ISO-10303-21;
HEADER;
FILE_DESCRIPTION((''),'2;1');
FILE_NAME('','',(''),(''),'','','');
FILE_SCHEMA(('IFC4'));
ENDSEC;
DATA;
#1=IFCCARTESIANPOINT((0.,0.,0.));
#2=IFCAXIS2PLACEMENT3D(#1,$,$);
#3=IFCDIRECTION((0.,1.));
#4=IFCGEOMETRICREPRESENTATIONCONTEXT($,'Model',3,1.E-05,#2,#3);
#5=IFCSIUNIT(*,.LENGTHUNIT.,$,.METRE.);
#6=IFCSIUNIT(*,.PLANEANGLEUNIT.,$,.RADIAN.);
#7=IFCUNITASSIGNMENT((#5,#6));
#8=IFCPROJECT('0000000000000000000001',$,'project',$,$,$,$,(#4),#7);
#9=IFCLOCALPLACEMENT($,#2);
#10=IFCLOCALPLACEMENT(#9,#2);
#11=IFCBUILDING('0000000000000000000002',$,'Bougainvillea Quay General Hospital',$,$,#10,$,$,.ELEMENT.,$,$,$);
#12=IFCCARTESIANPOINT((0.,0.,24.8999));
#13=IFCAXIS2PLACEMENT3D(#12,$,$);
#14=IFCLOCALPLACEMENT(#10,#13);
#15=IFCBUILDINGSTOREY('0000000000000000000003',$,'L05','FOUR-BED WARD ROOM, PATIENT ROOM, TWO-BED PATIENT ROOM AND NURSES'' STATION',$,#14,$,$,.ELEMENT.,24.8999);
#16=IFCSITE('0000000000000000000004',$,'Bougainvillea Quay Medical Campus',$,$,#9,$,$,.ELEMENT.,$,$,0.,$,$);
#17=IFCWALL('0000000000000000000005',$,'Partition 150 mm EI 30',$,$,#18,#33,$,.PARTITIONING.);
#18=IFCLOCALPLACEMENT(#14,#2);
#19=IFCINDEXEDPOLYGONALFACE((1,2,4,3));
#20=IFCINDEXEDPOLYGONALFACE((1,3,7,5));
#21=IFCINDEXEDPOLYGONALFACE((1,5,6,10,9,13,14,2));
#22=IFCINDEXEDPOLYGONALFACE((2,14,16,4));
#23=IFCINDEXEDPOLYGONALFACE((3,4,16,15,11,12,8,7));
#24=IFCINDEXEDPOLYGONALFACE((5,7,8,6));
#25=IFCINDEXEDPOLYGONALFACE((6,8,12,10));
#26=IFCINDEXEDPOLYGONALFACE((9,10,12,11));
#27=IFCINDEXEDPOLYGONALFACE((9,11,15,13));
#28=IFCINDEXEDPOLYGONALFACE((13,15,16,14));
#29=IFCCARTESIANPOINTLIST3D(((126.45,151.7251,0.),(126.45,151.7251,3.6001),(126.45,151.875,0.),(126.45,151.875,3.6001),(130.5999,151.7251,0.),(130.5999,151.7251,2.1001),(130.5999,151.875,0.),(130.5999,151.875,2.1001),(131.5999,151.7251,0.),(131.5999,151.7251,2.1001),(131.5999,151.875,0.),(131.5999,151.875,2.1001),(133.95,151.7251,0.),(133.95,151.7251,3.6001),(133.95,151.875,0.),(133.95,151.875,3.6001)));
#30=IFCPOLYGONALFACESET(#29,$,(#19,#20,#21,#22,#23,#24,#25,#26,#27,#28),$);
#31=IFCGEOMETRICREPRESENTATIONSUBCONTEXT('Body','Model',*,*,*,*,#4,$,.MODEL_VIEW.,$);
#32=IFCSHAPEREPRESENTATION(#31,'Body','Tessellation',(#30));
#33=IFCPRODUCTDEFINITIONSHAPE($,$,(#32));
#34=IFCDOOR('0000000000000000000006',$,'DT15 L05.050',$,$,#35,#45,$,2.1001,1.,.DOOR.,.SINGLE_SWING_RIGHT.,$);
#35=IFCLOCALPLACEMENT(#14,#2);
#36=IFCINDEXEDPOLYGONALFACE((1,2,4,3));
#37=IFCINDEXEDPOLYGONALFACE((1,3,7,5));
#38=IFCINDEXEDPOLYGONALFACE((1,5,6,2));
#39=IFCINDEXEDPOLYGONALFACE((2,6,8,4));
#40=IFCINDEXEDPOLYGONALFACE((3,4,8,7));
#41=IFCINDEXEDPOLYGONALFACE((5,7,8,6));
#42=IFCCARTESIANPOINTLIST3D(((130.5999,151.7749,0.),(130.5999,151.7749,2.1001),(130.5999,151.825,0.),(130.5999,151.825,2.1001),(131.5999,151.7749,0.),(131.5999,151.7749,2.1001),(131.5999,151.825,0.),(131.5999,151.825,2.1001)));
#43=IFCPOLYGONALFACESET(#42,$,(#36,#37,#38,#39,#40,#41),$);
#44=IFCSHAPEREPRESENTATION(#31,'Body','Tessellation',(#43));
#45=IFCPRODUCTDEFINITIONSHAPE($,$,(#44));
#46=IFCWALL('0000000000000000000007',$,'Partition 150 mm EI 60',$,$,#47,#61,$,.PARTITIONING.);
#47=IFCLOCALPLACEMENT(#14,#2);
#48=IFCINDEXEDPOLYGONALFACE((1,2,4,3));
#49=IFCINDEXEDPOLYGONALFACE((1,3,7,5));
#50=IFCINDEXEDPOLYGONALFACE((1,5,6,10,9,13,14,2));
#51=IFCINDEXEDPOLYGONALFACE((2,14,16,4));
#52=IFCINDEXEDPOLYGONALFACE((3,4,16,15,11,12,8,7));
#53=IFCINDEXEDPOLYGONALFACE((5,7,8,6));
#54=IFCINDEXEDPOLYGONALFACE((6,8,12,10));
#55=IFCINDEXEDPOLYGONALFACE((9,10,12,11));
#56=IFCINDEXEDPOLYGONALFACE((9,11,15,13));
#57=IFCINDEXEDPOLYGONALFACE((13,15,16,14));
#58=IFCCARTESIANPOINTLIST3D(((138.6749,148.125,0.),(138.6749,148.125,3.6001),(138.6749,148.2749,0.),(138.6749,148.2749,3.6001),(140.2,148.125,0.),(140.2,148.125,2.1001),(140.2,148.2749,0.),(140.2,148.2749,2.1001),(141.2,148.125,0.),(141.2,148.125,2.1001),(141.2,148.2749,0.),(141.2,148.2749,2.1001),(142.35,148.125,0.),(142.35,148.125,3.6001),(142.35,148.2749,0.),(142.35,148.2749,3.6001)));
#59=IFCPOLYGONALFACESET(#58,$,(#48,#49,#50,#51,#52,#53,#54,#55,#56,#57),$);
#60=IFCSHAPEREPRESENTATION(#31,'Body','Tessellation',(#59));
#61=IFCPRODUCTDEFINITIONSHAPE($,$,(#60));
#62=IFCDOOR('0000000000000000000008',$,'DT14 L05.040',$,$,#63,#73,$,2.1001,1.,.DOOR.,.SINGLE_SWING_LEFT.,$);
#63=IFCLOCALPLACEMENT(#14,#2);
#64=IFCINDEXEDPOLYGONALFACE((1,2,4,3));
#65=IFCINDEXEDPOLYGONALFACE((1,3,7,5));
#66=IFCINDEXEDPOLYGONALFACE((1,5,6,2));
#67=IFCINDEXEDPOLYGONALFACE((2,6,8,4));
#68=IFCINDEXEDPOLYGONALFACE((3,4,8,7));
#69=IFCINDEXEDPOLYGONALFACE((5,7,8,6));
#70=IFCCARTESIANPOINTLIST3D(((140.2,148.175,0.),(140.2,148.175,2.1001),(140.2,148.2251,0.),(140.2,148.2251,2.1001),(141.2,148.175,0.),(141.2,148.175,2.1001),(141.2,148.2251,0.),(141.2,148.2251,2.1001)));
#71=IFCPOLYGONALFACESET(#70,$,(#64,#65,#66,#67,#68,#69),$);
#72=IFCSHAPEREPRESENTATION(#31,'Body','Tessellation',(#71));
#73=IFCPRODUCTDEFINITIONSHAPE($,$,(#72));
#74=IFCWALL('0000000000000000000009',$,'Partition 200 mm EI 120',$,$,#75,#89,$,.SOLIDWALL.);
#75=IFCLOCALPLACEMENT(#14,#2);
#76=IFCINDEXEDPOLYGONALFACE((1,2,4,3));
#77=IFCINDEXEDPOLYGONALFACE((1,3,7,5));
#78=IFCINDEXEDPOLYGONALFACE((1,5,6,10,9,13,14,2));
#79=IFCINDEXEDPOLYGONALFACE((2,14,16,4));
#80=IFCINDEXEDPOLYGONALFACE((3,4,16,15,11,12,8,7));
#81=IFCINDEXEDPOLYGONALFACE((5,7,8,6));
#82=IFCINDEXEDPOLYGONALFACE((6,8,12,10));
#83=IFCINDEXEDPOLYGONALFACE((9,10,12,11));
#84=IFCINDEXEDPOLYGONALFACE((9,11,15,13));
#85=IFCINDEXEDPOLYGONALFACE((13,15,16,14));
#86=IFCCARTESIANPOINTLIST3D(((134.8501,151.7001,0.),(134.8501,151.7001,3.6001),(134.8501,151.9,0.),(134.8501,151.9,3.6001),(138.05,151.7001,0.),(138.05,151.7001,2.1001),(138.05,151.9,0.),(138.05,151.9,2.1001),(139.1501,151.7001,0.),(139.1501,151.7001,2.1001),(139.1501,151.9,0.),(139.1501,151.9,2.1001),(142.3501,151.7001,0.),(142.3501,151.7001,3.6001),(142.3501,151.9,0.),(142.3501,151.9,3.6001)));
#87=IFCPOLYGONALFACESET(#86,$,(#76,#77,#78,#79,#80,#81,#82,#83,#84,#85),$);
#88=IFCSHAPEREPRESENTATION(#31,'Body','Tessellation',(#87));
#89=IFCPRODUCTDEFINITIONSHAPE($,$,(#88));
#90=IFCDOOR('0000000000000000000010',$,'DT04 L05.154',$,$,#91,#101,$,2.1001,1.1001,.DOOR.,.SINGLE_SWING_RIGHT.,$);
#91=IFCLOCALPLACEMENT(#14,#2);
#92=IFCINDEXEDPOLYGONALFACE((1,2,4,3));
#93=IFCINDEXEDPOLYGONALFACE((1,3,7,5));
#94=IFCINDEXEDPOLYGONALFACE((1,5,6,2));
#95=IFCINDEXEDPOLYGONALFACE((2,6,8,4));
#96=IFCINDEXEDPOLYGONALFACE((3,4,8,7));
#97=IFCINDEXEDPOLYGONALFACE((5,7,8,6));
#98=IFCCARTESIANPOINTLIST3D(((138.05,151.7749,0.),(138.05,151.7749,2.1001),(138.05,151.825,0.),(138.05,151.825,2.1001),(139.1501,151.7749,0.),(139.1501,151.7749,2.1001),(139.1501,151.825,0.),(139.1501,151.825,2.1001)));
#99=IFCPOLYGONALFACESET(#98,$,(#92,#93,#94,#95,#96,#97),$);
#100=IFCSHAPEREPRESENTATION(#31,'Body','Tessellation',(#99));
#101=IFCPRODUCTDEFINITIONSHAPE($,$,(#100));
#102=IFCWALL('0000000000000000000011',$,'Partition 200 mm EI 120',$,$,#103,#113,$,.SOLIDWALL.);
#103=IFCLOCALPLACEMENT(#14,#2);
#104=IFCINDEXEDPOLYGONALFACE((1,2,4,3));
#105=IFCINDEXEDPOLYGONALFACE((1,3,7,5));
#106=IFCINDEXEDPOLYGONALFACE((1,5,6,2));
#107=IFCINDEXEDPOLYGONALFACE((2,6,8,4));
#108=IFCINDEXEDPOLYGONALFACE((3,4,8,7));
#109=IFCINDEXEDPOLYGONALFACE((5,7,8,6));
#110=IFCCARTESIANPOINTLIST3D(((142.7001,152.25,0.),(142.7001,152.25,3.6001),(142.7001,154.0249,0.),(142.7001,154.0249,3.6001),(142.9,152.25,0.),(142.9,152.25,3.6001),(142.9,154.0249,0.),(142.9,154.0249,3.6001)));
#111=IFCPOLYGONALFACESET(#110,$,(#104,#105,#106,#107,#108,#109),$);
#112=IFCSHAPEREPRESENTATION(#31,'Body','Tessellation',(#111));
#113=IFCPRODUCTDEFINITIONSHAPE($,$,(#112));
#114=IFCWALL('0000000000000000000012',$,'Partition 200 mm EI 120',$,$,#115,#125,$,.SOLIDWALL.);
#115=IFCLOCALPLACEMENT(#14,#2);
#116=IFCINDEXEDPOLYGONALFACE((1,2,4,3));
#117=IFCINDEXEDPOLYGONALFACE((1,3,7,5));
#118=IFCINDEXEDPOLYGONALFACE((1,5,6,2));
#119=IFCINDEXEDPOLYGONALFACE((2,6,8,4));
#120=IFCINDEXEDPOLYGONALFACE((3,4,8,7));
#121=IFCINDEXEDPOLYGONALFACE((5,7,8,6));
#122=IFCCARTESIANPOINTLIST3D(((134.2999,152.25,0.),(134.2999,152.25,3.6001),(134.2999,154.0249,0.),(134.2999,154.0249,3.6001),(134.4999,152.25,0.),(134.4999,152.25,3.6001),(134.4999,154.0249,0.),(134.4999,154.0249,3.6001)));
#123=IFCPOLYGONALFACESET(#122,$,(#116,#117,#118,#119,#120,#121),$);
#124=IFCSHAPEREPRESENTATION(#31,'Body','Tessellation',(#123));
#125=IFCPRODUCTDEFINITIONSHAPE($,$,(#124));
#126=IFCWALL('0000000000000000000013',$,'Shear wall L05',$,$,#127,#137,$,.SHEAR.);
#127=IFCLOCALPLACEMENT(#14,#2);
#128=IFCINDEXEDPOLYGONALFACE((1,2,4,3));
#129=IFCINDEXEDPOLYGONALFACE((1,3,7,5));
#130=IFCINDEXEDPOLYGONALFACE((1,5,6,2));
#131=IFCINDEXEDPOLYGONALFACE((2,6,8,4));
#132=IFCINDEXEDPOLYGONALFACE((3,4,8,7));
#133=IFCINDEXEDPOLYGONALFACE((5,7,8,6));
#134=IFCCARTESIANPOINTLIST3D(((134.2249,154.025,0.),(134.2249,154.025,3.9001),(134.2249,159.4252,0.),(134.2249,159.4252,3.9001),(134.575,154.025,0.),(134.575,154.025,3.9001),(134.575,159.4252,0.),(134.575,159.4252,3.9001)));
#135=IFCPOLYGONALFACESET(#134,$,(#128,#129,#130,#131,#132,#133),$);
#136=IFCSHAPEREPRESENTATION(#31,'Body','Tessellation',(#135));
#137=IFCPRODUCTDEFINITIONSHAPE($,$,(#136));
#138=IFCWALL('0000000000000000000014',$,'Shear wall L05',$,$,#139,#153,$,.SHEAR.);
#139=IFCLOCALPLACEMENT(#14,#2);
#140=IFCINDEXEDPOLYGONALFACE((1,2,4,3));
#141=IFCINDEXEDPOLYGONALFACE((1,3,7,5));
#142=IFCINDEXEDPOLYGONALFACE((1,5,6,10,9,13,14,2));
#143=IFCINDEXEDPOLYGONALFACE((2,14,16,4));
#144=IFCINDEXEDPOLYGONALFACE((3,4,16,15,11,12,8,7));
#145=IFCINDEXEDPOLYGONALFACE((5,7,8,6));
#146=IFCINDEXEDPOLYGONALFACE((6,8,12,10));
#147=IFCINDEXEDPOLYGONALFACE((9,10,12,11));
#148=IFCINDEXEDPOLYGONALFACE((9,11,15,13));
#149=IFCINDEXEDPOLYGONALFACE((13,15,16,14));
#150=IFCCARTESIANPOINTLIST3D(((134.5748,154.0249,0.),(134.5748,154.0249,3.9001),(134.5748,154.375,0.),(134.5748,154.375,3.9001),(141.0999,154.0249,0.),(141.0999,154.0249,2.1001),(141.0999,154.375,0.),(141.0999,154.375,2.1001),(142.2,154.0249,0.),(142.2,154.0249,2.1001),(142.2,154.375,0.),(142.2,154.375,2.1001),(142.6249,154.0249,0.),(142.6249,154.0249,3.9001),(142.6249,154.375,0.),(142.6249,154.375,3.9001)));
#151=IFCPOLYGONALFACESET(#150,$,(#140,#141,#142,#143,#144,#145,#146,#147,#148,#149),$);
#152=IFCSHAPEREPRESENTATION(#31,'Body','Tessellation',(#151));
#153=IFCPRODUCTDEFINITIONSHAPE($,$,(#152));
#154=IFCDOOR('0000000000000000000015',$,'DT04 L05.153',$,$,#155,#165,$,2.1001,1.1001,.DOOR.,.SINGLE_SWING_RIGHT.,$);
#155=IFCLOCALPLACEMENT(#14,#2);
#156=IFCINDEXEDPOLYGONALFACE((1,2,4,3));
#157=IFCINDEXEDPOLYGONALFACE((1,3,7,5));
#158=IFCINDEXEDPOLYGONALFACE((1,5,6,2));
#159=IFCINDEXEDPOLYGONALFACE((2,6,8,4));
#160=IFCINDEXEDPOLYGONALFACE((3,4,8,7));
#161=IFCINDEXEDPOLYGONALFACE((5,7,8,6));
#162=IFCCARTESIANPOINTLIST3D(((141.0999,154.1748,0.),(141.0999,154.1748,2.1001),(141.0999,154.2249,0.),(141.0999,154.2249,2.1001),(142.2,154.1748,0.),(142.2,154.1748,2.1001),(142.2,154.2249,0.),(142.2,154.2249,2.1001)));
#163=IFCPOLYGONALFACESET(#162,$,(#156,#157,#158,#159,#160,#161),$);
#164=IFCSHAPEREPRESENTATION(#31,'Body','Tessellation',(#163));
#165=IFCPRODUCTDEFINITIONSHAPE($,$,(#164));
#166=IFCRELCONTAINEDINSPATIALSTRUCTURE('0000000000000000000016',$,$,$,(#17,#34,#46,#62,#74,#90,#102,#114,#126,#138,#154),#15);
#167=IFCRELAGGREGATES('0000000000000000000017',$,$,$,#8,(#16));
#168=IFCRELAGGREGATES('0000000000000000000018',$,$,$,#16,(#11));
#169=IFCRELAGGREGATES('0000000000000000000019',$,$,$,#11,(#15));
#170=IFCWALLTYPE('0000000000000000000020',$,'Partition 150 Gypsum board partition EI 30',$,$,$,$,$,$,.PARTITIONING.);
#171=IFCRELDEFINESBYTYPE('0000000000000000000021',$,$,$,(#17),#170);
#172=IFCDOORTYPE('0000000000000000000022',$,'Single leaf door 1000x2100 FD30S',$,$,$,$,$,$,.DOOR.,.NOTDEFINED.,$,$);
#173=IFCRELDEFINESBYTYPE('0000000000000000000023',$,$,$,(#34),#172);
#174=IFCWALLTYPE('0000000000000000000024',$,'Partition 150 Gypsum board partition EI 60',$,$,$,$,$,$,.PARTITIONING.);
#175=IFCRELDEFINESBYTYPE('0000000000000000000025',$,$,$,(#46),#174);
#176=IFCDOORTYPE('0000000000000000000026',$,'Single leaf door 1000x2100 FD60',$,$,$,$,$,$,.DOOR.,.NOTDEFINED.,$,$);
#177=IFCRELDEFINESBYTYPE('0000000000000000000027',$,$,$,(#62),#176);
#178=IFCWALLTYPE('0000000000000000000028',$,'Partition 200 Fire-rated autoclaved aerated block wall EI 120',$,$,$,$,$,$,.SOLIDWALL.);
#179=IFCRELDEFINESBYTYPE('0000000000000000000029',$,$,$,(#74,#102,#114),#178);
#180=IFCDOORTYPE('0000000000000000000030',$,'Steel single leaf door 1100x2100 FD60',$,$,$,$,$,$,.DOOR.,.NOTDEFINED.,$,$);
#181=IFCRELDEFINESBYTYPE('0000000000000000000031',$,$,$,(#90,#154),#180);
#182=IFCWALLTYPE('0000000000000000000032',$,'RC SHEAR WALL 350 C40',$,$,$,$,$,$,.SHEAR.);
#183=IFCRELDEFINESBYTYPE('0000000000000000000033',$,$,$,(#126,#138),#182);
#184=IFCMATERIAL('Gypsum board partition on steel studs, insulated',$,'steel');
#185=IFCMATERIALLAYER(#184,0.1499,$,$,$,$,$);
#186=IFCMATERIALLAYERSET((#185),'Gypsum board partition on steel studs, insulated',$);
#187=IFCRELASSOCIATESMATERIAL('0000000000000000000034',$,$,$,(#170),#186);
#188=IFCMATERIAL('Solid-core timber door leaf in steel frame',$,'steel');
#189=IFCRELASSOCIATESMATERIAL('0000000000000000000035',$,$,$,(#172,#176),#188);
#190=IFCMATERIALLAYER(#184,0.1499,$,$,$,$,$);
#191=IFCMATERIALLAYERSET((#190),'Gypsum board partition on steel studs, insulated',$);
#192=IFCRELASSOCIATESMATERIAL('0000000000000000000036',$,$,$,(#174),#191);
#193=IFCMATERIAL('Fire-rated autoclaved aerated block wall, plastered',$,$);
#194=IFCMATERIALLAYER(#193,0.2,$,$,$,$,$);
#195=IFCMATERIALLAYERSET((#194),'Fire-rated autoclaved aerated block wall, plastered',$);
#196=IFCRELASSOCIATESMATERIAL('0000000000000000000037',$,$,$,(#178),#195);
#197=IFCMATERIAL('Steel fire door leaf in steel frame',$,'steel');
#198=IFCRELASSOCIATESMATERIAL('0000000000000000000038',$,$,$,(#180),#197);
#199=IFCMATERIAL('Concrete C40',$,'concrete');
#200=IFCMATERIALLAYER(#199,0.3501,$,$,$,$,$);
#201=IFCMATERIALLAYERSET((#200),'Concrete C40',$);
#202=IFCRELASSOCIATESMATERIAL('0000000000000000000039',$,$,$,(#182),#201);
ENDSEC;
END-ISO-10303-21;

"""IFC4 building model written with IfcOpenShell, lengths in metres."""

from ifc_helpers import new_model, si_unit, direction, frame, frame_2d, origin, place, context, subcontext, project, spatial, rectangle, extrude, material, layer, layer_set, type_object, element, fill, save


model = new_model("IFC4")

# Units and contexts
model_context = context("Model", 3, precision=1e-05, world=origin(), true_north=direction((0.0, 1.0)))
body_context = subcontext(model_context, "Body", "Model", "MODEL_VIEW")
ifc_project = project(units=[si_unit("LENGTHUNIT", "METRE"), si_unit("PLANEANGLEUNIT", "RADIAN")], contexts=[model_context])

# Site, building, storey
site_placement = place(None, origin())
site = spatial("IfcSite", under=ifc_project, at=site_placement, Name="Bougainvillea Quay Medical Campus", CompositionType="ELEMENT", RefElevation=0.0)
building_placement = place(site_placement, origin())
building = spatial("IfcBuilding", under=site, at=building_placement, Name="Bougainvillea Quay General Hospital", CompositionType="ELEMENT")
storey_placement = place(building_placement, frame((0.0, 0.0, 24.8999)))
storey = spatial("IfcBuildingStorey", under=building, at=storey_placement, Name="L05", Description="FOUR-BED WARD ROOM, PATIENT ROOM, TWO-BED PATIENT ROOM AND NURSES' STATION", CompositionType="ELEMENT", Elevation=24.8999)

# Shared definitions
ifc_material_1 = material(Name="Concrete C40", Category="concrete")

# Walls, openings, doors
ifc_material_2 = material(Name="Gypsum board partition on steel studs, insulated", Category="steel")
ifc_material_3 = material(Name="Solid-core timber door leaf in steel frame", Category="steel")
ifc_layer_1 = layer(ifc_material_2, 0.1499)
ifc_layer_set_1 = layer_set([ifc_layer_1], Name="Gypsum board partition on steel studs, insulated")
wall_type_1 = type_object("IfcWallType", Name="Partition 150 Gypsum board partition EI 30", PredefinedType="PARTITIONING", material=ifc_layer_set_1)
door_type_1 = type_object("IfcDoorType", Name="Single leaf door 1000x2100 FD30S", OperationType="NOTDEFINED", PredefinedType="DOOR", material=ifc_material_3)
wall_1_placement = place(storey_placement, frame((133.95, 151.8, 0.0), z_axis=(0.0, 0.0, 1.0), x_axis=(-1.0, 0.0, 0.0)))
wall_1 = element("IfcWall", 1, at=wall_1_placement, inside=storey, type_object=wall_type_1, Name="Partition 150 mm EI 30", PredefinedType="PARTITIONING", context=body_context, shape_type="SweptSolid", body=[
    extrude(rectangle(XDim=7.5, YDim=0.1499, at=frame_2d((3.75, 0.0))), origin(), (0.0, 0.0, 1.0), 3.6001),
])
opening_1_placement = place(wall_1_placement, frame((2.3501, 0.0, 0.0)))
opening_1 = element("IfcOpeningElement", 2, at=opening_1_placement, cuts=wall_1, PredefinedType="OPENING", context=body_context, shape_type="SweptSolid", body=[
    extrude(rectangle(XDim=1.0, YDim=2.1001, at=frame_2d((0.5, 1.05))), frame((0.0, 0.085, 0.0), z_axis=(0.0, -1.0, 0.0), x_axis=(1.0, 0.0, 0.0)), (0.0, 0.0, 1.0), 0.1699),
])
door_1_placement = place(opening_1_placement, frame((1.0, 0.0, 0.0), z_axis=(0.0, 0.0, 1.0), x_axis=(-1.0, 0.0, 0.0)))
door_1 = element("IfcDoor", 3, at=door_1_placement, inside=storey, type_object=door_type_1, Name="DT15 L05.050", OperationType="SINGLE_SWING_RIGHT", OverallHeight=2.1001, OverallWidth=1.0, PredefinedType="DOOR", context=body_context, shape_type="SweptSolid", body=[
    extrude(rectangle(XDim=1.0, YDim=2.1001, at=frame_2d((0.5, 1.05))), frame((0.0, 0.0249, 0.0), z_axis=(0.0, -1.0, 0.0), x_axis=(1.0, 0.0, 0.0)), (0.0, 0.0, 1.0), 0.05),
])
fill(opening_1, door_1)
ifc_layer_2 = layer(ifc_material_2, 0.1499)
ifc_layer_set_2 = layer_set([ifc_layer_2], Name="Gypsum board partition on steel studs, insulated")
wall_type_2 = type_object("IfcWallType", Name="Partition 150 Gypsum board partition EI 60", PredefinedType="PARTITIONING", material=ifc_layer_set_2)
wall_2_placement = place(storey_placement, frame((138.675, 148.2, 0.0), z_axis=(0.0, 0.0, 1.0), x_axis=(1.0, 0.0, 0.0)))
wall_2 = element("IfcWall", 4, at=wall_2_placement, inside=storey, type_object=wall_type_2, Name="Partition 150 mm EI 60", PredefinedType="PARTITIONING", context=body_context, shape_type="SweptSolid", body=[
    extrude(rectangle(XDim=3.675, YDim=0.1499, at=frame_2d((1.8374, 0.0))), origin(), (0.0, 0.0, 1.0), 3.6001),
])
opening_2_placement = place(wall_2_placement, frame((1.5249, 0.0, 0.0)))
opening_2 = element("IfcOpeningElement", 5, at=opening_2_placement, cuts=wall_2, PredefinedType="OPENING", context=body_context, shape_type="SweptSolid", body=[
    extrude(rectangle(XDim=1.0, YDim=2.1001, at=frame_2d((0.5, 1.05))), frame((0.0, 0.085, 0.0), z_axis=(0.0, -1.0, 0.0), x_axis=(1.0, 0.0, 0.0)), (0.0, 0.0, 1.0), 0.1699),
])
door_type_2 = type_object("IfcDoorType", Name="Single leaf door 1000x2100 FD60", OperationType="NOTDEFINED", PredefinedType="DOOR", material=ifc_material_3)
door_2_placement = place(opening_2_placement, frame((1.0, 0.0, 0.0), z_axis=(0.0, 0.0, 1.0), x_axis=(-1.0, 0.0, 0.0)))
door_2 = element("IfcDoor", 6, at=door_2_placement, inside=storey, type_object=door_type_2, Name="DT14 L05.040", OperationType="SINGLE_SWING_LEFT", OverallHeight=2.1001, OverallWidth=1.0, PredefinedType="DOOR", context=body_context, shape_type="SweptSolid", body=[
    extrude(rectangle(XDim=1.0, YDim=2.1001, at=frame_2d((0.5, 1.05))), frame((0.0, 0.0249, 0.0), z_axis=(0.0, -1.0, 0.0), x_axis=(1.0, 0.0, 0.0)), (0.0, 0.0, 1.0), 0.05),
])
fill(opening_2, door_2)
ifc_material_4 = material(Name="Fire-rated autoclaved aerated block wall, plastered")
ifc_layer_3 = layer(ifc_material_4, 0.2)
ifc_layer_set_3 = layer_set([ifc_layer_3], Name="Fire-rated autoclaved aerated block wall, plastered")
wall_type_3 = type_object("IfcWallType", Name="Partition 200 Fire-rated autoclaved aerated block wall EI 120", PredefinedType="SOLIDWALL", material=ifc_layer_set_3)
wall_3_placement = place(storey_placement, frame((134.8501, 151.8, 0.0), z_axis=(0.0, 0.0, 1.0), x_axis=(1.0, 0.0, 0.0)))
wall_3 = element("IfcWall", 7, at=wall_3_placement, inside=storey, type_object=wall_type_3, Name="Partition 200 mm EI 120", PredefinedType="SOLIDWALL", context=body_context, shape_type="SweptSolid", body=[
    extrude(rectangle(XDim=7.5, YDim=0.2, at=frame_2d((3.75, 0.0))), origin(), (0.0, 0.0, 1.0), 3.6001),
])
opening_3_placement = place(wall_3_placement, frame((3.2, 0.0, 0.0)))
opening_3 = element("IfcOpeningElement", 8, at=opening_3_placement, cuts=wall_3, PredefinedType="OPENING", context=body_context, shape_type="SweptSolid", body=[
    extrude(rectangle(XDim=1.1001, YDim=2.1001, at=frame_2d((0.55, 1.05))), frame((0.0, 0.1099, 0.0), z_axis=(0.0, -1.0, 0.0), x_axis=(1.0, 0.0, 0.0)), (0.0, 0.0, 1.0), 0.22),
])
ifc_material_5 = material(Name="Steel fire door leaf in steel frame", Category="steel")
door_type_3 = type_object("IfcDoorType", Name="Steel single leaf door 1100x2100 FD60", OperationType="NOTDEFINED", PredefinedType="DOOR", material=ifc_material_5)
door_3_placement = place(opening_3_placement, origin())
door_3 = element("IfcDoor", 9, at=door_3_placement, inside=storey, type_object=door_type_3, Name="DT04 L05.154", OperationType="SINGLE_SWING_RIGHT", OverallHeight=2.1001, OverallWidth=1.1001, PredefinedType="DOOR", context=body_context, shape_type="SweptSolid", body=[
    extrude(rectangle(XDim=1.1001, YDim=2.1001, at=frame_2d((0.55, 1.05))), frame((0.0, 0.0249, 0.0), z_axis=(0.0, -1.0, 0.0), x_axis=(1.0, 0.0, 0.0)), (0.0, 0.0, 1.0), 0.05),
])
fill(opening_3, door_3)

# Walls
for number, where, z_axis, x_axis, name in (
    (10, (142.8, 152.25, 0.0), (0.0, 0.0, 1.0), (0.0, 1.0, 0.0), "Partition 200 mm EI 120"),
    (11, (134.3999, 152.25, 0.0), (0.0, 0.0, 1.0), (0.0, 1.0, 0.0), "Partition 200 mm EI 120"),
):
    element("IfcWall", number, at=place(storey_placement, frame(where, z_axis=z_axis, x_axis=x_axis)), inside=storey, type_object=wall_type_3, Name=name, PredefinedType="SOLIDWALL", context=body_context, shape_type="SweptSolid", body=[
        extrude(rectangle(XDim=1.7749, YDim=0.2, at=frame_2d((0.8875, 0.0))), origin(), (0.0, 0.0, 1.0), 3.6001),
    ])
ifc_layer_4 = layer(ifc_material_1, 0.3501)
ifc_layer_set_4 = layer_set([ifc_layer_4], Name="Concrete C40")
wall_type_4 = type_object("IfcWallType", Name="RC SHEAR WALL 350 C40", PredefinedType="SHEAR", material=ifc_layer_set_4)
wall_4_placement = place(storey_placement, frame((134.3999, 154.0249, 0.0), z_axis=(0.0, 0.0, 1.0), x_axis=(0.0, 1.0, 0.0)))
element("IfcWall", 12, at=wall_4_placement, inside=storey, type_object=wall_type_4, Name="Shear wall L05", PredefinedType="SHEAR", context=body_context, shape_type="SweptSolid", body=[
    extrude(rectangle(XDim=5.4001, YDim=0.3501, at=frame_2d((2.7002, 0.0))), origin(), (0.0, 0.0, 1.0), 3.9001),
])

# Wall, opening, door
wall_5_placement = place(storey_placement, frame((134.575, 154.2, 0.0), z_axis=(0.0, 0.0, 1.0), x_axis=(1.0, 0.0, 0.0)))
wall_5 = element("IfcWall", 13, at=wall_5_placement, inside=storey, type_object=wall_type_4, Name="Shear wall L05", PredefinedType="SHEAR", context=body_context, shape_type="SweptSolid", body=[
    extrude(rectangle(XDim=8.05, YDim=0.3501, at=frame_2d((4.0249, 0.0))), origin(), (0.0, 0.0, 1.0), 3.9001),
])
opening_4_placement = place(wall_5_placement, frame((6.5249, 0.0, 0.0)))
opening_4 = element("IfcOpeningElement", 14, at=opening_4_placement, cuts=wall_5, PredefinedType="OPENING", context=body_context, shape_type="SweptSolid", body=[
    extrude(rectangle(XDim=1.1001, YDim=2.1001, at=frame_2d((0.55, 1.05))), frame((0.0, 0.1851, 0.0), z_axis=(0.0, -1.0, 0.0), x_axis=(1.0, 0.0, 0.0)), (0.0, 0.0, 1.0), 0.3701),
])
door_4_placement = place(opening_4_placement, origin())
door_4 = element("IfcDoor", 15, at=door_4_placement, inside=storey, type_object=door_type_3, Name="DT04 L05.153", OperationType="SINGLE_SWING_RIGHT", OverallHeight=2.1001, OverallWidth=1.1001, PredefinedType="DOOR", context=body_context, shape_type="SweptSolid", body=[
    extrude(rectangle(XDim=1.1001, YDim=2.1001, at=frame_2d((0.55, 1.05))), frame((0.0, 0.0249, 0.0), z_axis=(0.0, -1.0, 0.0), x_axis=(1.0, 0.0, 0.0)), (0.0, 0.0, 1.0), 0.05),
])
fill(opening_4, door_4)

save(model, "model.ifc")
